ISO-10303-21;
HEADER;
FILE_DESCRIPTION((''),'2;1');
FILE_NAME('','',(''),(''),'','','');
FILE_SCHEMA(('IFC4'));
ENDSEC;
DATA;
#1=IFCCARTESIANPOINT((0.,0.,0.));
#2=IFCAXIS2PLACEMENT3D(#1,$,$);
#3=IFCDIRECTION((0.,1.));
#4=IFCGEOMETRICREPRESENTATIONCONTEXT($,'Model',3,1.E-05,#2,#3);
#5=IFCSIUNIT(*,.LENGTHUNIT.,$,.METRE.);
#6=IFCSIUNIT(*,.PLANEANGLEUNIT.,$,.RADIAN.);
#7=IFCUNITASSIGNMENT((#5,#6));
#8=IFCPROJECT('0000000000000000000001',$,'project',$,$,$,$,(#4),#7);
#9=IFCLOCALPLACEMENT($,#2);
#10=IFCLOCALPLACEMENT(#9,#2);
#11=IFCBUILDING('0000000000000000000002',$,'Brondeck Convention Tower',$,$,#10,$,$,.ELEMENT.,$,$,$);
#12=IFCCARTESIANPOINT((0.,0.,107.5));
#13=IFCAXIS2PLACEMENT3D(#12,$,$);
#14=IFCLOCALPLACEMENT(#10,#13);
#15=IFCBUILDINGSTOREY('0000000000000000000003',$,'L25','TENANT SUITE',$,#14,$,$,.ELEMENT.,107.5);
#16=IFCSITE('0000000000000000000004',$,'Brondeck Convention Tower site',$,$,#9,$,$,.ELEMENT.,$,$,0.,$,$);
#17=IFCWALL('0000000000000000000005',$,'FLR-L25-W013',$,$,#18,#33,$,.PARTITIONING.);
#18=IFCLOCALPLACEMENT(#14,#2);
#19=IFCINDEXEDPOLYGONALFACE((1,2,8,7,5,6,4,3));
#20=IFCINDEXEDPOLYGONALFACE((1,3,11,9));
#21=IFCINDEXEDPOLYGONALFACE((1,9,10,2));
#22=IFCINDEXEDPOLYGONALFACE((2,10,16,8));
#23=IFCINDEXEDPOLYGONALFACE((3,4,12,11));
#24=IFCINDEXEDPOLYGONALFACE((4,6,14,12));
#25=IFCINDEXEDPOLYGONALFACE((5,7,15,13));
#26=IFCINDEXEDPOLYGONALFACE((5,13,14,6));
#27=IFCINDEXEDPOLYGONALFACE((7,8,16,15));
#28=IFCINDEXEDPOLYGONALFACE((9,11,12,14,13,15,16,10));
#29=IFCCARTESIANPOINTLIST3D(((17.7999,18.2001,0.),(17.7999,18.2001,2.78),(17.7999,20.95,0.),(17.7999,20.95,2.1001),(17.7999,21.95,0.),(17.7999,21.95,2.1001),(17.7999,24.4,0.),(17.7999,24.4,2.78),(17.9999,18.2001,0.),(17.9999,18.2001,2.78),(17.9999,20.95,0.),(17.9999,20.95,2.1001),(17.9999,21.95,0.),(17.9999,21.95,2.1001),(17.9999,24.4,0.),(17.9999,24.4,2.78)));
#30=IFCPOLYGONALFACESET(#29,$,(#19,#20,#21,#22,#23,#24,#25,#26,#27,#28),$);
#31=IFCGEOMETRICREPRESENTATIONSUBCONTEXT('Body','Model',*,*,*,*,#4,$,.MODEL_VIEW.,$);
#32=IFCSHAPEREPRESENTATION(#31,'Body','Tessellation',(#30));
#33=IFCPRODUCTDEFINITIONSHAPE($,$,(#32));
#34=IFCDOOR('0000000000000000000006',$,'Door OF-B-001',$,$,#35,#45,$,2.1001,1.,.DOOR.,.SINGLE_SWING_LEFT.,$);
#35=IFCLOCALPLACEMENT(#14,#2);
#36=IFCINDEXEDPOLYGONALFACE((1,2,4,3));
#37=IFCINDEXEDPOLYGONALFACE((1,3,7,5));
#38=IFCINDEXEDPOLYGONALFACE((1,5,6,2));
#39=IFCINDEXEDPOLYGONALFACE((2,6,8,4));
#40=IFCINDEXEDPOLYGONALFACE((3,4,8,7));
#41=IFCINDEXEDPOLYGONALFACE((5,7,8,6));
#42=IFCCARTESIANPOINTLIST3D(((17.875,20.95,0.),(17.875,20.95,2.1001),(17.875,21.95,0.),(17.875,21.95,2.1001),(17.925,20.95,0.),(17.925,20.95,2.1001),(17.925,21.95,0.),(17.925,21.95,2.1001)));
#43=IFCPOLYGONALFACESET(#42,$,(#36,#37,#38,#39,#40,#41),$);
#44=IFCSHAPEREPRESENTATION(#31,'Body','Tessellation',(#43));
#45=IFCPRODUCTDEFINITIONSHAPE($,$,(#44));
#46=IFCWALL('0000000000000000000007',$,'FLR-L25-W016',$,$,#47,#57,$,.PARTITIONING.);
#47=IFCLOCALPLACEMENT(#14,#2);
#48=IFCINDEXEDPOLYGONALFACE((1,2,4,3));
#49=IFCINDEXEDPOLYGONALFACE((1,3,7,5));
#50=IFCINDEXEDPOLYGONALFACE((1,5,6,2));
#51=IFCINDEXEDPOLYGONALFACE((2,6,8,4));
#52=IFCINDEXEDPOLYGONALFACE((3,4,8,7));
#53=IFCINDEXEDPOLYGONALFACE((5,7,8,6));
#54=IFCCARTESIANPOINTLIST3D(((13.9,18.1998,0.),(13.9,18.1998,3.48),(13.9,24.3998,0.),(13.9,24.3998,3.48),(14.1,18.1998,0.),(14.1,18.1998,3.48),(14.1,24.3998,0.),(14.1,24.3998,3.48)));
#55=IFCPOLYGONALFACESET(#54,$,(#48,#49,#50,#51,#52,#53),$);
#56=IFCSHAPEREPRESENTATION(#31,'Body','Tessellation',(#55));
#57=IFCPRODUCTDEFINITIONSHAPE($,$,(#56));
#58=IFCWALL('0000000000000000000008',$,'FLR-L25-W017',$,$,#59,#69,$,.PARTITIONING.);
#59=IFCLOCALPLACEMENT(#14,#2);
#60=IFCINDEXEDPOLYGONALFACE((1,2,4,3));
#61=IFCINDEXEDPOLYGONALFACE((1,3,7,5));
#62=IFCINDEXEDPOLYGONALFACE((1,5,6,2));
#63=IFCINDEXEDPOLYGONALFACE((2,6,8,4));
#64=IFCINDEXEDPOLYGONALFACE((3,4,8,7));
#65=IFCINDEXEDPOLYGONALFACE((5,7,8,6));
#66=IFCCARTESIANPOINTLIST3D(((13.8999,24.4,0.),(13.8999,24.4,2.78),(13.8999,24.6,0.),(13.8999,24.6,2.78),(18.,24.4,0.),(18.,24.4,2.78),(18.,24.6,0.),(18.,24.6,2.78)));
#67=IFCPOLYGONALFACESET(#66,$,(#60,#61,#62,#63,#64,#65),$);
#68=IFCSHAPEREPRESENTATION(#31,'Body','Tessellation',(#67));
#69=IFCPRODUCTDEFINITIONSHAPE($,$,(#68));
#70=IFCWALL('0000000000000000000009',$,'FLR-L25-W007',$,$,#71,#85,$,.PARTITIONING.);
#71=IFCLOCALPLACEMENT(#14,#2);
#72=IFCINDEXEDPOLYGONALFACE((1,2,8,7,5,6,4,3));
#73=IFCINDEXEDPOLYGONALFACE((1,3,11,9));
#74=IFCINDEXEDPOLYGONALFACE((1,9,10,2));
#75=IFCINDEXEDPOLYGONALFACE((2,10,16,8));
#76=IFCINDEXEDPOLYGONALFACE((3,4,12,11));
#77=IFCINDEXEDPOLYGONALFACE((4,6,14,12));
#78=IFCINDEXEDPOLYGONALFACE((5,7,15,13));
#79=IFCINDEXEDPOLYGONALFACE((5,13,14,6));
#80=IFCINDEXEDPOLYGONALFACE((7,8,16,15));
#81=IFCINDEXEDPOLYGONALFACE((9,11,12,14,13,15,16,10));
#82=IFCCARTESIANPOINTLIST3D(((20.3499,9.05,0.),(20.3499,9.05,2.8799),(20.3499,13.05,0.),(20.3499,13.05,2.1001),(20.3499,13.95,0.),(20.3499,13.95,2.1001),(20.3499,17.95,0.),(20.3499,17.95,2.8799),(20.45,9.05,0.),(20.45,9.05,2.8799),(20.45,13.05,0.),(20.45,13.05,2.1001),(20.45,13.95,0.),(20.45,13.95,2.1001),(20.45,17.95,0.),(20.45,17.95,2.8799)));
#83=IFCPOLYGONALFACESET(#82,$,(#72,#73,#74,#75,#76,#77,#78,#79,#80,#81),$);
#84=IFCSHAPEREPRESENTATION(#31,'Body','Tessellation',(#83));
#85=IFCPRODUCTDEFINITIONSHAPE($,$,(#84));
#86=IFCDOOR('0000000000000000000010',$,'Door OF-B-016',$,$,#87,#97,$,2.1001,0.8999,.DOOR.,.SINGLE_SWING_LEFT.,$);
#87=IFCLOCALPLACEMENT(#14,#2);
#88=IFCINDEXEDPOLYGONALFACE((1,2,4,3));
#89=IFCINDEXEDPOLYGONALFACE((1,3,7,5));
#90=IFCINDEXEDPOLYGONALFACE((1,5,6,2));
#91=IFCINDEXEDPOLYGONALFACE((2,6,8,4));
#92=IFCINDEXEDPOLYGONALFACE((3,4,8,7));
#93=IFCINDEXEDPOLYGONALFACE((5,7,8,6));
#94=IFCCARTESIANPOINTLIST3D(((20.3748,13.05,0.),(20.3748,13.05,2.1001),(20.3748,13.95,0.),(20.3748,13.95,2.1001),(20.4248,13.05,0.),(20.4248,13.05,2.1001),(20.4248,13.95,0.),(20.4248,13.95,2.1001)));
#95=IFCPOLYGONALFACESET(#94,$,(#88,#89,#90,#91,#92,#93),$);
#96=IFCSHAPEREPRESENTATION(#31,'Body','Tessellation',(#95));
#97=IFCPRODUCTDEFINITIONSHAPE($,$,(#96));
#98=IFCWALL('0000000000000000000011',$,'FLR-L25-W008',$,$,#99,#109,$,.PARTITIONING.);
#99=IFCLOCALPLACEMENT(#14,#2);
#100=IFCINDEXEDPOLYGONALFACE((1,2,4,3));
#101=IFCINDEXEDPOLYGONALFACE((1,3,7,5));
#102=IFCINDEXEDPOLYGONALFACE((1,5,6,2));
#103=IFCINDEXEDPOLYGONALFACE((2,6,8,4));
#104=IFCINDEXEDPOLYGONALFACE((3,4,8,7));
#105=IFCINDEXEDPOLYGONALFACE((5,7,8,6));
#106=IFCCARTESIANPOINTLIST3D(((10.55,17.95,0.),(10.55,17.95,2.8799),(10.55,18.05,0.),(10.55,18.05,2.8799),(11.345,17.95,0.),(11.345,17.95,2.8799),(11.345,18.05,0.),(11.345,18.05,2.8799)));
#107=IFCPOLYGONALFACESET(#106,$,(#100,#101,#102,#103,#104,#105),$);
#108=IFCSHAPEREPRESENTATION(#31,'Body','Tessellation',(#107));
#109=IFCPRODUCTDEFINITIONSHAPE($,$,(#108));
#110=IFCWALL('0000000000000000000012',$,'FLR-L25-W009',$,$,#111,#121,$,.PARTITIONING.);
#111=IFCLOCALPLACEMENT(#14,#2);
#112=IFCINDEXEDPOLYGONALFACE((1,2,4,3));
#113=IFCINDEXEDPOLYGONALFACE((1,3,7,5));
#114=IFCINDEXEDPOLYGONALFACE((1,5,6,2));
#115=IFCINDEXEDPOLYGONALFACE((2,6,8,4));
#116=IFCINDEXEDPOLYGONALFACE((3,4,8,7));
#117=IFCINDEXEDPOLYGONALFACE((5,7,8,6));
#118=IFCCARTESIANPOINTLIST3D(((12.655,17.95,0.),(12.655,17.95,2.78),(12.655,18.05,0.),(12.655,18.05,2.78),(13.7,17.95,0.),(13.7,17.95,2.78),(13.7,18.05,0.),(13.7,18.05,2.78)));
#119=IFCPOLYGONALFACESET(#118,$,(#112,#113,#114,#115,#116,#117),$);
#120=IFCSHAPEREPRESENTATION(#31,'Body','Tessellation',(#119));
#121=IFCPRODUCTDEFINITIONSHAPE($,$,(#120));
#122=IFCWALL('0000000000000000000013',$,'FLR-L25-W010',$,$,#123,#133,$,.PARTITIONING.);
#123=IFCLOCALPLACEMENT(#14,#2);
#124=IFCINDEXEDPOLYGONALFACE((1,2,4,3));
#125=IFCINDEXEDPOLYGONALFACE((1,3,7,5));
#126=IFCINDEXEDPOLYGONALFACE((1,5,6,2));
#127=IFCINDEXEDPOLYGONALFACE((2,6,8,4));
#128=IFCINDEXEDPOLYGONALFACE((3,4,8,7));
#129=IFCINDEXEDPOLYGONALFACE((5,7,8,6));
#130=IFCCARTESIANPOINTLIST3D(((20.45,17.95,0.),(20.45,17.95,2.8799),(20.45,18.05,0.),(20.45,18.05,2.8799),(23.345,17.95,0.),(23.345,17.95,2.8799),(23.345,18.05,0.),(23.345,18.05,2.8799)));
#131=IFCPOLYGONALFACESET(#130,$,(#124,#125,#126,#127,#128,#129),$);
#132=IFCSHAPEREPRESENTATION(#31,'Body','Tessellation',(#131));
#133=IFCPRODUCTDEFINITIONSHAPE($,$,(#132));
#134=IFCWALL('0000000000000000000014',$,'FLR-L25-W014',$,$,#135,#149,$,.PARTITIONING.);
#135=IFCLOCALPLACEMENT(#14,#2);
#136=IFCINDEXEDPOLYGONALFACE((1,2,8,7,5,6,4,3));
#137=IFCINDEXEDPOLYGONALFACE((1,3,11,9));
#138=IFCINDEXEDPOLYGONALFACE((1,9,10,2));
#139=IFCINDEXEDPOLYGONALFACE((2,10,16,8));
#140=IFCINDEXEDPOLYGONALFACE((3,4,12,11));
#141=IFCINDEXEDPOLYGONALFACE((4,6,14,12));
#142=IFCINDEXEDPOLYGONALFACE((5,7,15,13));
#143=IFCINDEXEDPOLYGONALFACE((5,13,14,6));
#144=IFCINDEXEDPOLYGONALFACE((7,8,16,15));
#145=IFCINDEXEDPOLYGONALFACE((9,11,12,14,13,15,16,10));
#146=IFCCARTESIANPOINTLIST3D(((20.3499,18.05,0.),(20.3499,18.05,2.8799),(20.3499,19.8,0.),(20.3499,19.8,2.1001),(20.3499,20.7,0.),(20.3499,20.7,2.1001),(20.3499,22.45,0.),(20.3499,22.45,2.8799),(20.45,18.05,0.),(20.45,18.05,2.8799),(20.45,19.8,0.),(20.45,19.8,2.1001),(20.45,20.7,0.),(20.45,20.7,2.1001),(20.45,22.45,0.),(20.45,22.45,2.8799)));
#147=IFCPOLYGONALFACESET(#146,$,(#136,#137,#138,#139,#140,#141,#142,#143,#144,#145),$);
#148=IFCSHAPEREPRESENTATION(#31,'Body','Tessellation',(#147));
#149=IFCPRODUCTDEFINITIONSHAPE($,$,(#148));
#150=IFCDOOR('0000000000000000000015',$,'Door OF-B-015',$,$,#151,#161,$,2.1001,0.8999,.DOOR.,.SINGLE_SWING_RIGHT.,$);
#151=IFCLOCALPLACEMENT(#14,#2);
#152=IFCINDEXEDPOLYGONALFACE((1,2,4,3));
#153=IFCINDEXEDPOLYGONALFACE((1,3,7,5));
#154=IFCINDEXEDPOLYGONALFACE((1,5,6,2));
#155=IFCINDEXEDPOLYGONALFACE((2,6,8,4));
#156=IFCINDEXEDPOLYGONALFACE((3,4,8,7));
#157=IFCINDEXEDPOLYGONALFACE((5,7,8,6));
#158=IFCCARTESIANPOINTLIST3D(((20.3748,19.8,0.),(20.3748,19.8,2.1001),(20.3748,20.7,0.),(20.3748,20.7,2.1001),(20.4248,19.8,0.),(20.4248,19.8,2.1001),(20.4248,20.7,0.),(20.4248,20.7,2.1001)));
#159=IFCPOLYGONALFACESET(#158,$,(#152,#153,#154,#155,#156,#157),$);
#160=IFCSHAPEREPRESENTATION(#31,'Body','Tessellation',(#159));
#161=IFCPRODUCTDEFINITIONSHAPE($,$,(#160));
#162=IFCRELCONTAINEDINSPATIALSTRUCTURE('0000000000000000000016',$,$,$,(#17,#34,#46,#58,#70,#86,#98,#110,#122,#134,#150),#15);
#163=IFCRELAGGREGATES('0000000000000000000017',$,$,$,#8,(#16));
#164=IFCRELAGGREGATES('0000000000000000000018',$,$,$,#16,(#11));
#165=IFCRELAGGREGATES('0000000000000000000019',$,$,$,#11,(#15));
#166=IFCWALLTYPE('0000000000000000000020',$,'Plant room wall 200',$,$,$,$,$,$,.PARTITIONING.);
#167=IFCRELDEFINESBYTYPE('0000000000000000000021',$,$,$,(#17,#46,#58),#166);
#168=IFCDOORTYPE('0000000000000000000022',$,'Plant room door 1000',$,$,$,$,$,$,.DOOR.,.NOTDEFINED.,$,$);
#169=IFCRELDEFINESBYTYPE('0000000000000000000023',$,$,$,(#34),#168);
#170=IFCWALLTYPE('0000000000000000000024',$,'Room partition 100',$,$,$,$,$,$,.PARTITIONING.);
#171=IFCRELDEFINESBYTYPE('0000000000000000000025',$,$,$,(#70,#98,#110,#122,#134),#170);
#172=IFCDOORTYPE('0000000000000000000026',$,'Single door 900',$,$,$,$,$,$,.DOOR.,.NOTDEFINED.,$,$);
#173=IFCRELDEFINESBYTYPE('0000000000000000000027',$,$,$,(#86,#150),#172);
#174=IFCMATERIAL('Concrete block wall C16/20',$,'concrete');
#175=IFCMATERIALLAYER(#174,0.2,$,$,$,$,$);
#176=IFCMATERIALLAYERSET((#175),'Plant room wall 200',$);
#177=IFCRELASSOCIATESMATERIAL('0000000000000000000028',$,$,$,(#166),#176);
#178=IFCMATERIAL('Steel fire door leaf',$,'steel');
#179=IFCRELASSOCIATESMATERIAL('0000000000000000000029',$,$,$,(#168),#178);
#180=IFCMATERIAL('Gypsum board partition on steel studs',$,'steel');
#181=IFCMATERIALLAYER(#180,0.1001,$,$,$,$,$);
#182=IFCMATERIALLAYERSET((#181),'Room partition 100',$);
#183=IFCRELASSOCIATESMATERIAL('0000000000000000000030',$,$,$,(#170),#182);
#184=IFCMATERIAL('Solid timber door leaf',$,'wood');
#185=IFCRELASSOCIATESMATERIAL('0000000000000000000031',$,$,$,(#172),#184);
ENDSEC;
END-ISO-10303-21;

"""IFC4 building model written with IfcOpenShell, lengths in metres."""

from ifc_helpers import new_model, si_unit, direction, frame, frame_2d, origin, place, context, subcontext, project, spatial, rectangle, extrude, material, layer, layer_set, type_object, element, fill, save


model = new_model("IFC4")

# Units and contexts
model_context = context("Model", 3, precision=1e-05, world=origin(), true_north=direction((0.0, 1.0)))
body_context = subcontext(model_context, "Body", "Model", "MODEL_VIEW")
ifc_project = project(units=[si_unit("LENGTHUNIT", "METRE"), si_unit("PLANEANGLEUNIT", "RADIAN")], contexts=[model_context])

# Site, building, storey
site_placement = place(None, origin())
site = spatial("IfcSite", under=ifc_project, at=site_placement, Name="Brondeck Convention Tower site", CompositionType="ELEMENT", RefElevation=0.0)
building_placement = place(site_placement, origin())
building = spatial("IfcBuilding", under=site, at=building_placement, Name="Brondeck Convention Tower", CompositionType="ELEMENT")
storey_placement = place(building_placement, frame((0.0, 0.0, 107.5)))
storey = spatial("IfcBuildingStorey", under=building, at=storey_placement, Name="L25", Description="TENANT SUITE", CompositionType="ELEMENT", Elevation=107.5)

# Wall, opening, door
ifc_material_1 = material(Name="Concrete block wall C16/20", Category="concrete")
ifc_layer_1 = layer(ifc_material_1, 0.2)
ifc_layer_set_1 = layer_set([ifc_layer_1], Name="Plant room wall 200")
wall_type_1 = type_object("IfcWallType", Name="Plant room wall 200", PredefinedType="PARTITIONING", material=ifc_layer_set_1)
wall_1_placement = place(storey_placement, frame((17.8999, 18.2, 0.0), z_axis=(0.0, 0.0, 1.0), x_axis=(0.0, 1.0, 0.0)))
wall_1 = element("IfcWall", 1, at=wall_1_placement, inside=storey, type_object=wall_type_1, Name="FLR-L25-W013", PredefinedType="PARTITIONING", context=body_context, shape_type="SweptSolid", body=[
    extrude(rectangle(XDim=6.2, YDim=0.2, at=frame_2d((3.1001, 0.0))), origin(), (0.0, 0.0, 1.0), 2.78),
])
opening_1_placement = place(wall_1_placement, frame((2.75, 0.0, 0.0)))
opening_1 = element("IfcOpeningElement", 2, at=opening_1_placement, cuts=wall_1, PredefinedType="OPENING", context=body_context, shape_type="SweptSolid", body=[
    extrude(rectangle(XDim=1.0, YDim=2.1001, at=frame_2d((0.5, 1.05))), frame((0.0, 0.1099, 0.0), z_axis=(0.0, -1.0, 0.0), x_axis=(1.0, 0.0, 0.0)), (0.0, 0.0, 1.0), 0.22),
])
ifc_material_2 = material(Name="Steel fire door leaf", Category="steel")
door_type_1 = type_object("IfcDoorType", Name="Plant room door 1000", OperationType="NOTDEFINED", PredefinedType="DOOR", material=ifc_material_2)
door_1_placement = place(opening_1_placement, origin())
door_1 = element("IfcDoor", 3, at=door_1_placement, inside=storey, type_object=door_type_1, Name="Door OF-B-001", OperationType="SINGLE_SWING_LEFT", OverallHeight=2.1001, OverallWidth=1.0, PredefinedType="DOOR", context=body_context, shape_type="SweptSolid", body=[
    extrude(rectangle(XDim=1.0, YDim=2.1001, at=frame_2d((0.5, 1.05))), frame((0.0, 0.0249, 0.0), z_axis=(0.0, -1.0, 0.0), x_axis=(1.0, 0.0, 0.0)), (0.0, 0.0, 1.0), 0.05),
])
fill(opening_1, door_1)

# Walls
wall_2_placement = place(storey_placement, frame((14.0, 24.3999, 0.0), z_axis=(0.0, 0.0, 1.0), x_axis=(0.0, -1.0, 0.0)))
element("IfcWall", 4, at=wall_2_placement, inside=storey, type_object=wall_type_1, Name="FLR-L25-W016", PredefinedType="PARTITIONING", context=body_context, shape_type="SweptSolid", body=[
    extrude(rectangle(XDim=6.2, YDim=0.2, at=frame_2d((3.1001, 0.0))), origin(), (0.0, 0.0, 1.0), 3.48),
])
wall_3_placement = place(storey_placement, frame((18.0, 24.5, 0.0), z_axis=(0.0, 0.0, 1.0), x_axis=(-1.0, 0.0, 0.0)))
element("IfcWall", 5, at=wall_3_placement, inside=storey, type_object=wall_type_1, Name="FLR-L25-W017", PredefinedType="PARTITIONING", context=body_context, shape_type="SweptSolid", body=[
    extrude(rectangle(XDim=4.1001, YDim=0.2, at=frame_2d((2.05, 0.0))), origin(), (0.0, 0.0, 1.0), 2.78),
])

# Wall, opening, door
ifc_material_3 = material(Name="Gypsum board partition on steel studs", Category="steel")
ifc_layer_2 = layer(ifc_material_3, 0.1001)
ifc_layer_set_2 = layer_set([ifc_layer_2], Name="Room partition 100")
wall_type_2 = type_object("IfcWallType", Name="Room partition 100", PredefinedType="PARTITIONING", material=ifc_layer_set_2)
wall_4_placement = place(storey_placement, frame((20.3999, 17.95, 0.0), z_axis=(0.0, 0.0, 1.0), x_axis=(0.0, -1.0, 0.0)))
wall_4 = element("IfcWall", 6, at=wall_4_placement, inside=storey, type_object=wall_type_2, Name="FLR-L25-W007", PredefinedType="PARTITIONING", context=body_context, shape_type="SweptSolid", body=[
    extrude(rectangle(XDim=8.8999, YDim=0.1001, at=frame_2d((4.45, 0.0))), origin(), (0.0, 0.0, 1.0), 2.8799),
])
opening_2_placement = place(wall_4_placement, frame((4.0, 0.0, 0.0)))
opening_2 = element("IfcOpeningElement", 7, at=opening_2_placement, cuts=wall_4, PredefinedType="OPENING", context=body_context, shape_type="SweptSolid", body=[
    extrude(rectangle(XDim=0.8999, YDim=2.1001, at=frame_2d((0.45, 1.05))), frame((0.0, 0.0601, 0.0), z_axis=(0.0, -1.0, 0.0), x_axis=(1.0, 0.0, 0.0)), (0.0, 0.0, 1.0), 0.1201),
])
ifc_material_4 = material(Name="Solid timber door leaf", Category="wood")
door_type_2 = type_object("IfcDoorType", Name="Single door 900", OperationType="NOTDEFINED", PredefinedType="DOOR", material=ifc_material_4)
door_2_placement = place(opening_2_placement, origin())
door_2 = element("IfcDoor", 8, at=door_2_placement, inside=storey, type_object=door_type_2, Name="Door OF-B-016", OperationType="SINGLE_SWING_LEFT", OverallHeight=2.1001, OverallWidth=0.8999, PredefinedType="DOOR", context=body_context, shape_type="SweptSolid", body=[
    extrude(rectangle(XDim=0.8999, YDim=2.1001, at=frame_2d((0.45, 1.05))), frame((0.0, 0.0249, 0.0), z_axis=(0.0, -1.0, 0.0), x_axis=(1.0, 0.0, 0.0)), (0.0, 0.0, 1.0), 0.05),
])
fill(opening_2, door_2)

# Walls
wall_5_placement = place(storey_placement, frame((11.345, 18.0, 0.0), z_axis=(0.0, 0.0, 1.0), x_axis=(-1.0, 0.0, 0.0)))
element("IfcWall", 9, at=wall_5_placement, inside=storey, type_object=wall_type_2, Name="FLR-L25-W008", PredefinedType="PARTITIONING", context=body_context, shape_type="SweptSolid", body=[
    extrude(rectangle(XDim=0.7949, YDim=0.1001, at=frame_2d((0.3975, 0.0))), origin(), (0.0, 0.0, 1.0), 2.8799),
])
wall_6_placement = place(storey_placement, frame((13.7, 18.0, 0.0), z_axis=(0.0, 0.0, 1.0), x_axis=(-1.0, 0.0, 0.0)))
element("IfcWall", 10, at=wall_6_placement, inside=storey, type_object=wall_type_2, Name="FLR-L25-W009", PredefinedType="PARTITIONING", context=body_context, shape_type="SweptSolid", body=[
    extrude(rectangle(XDim=1.0449, YDim=0.1001, at=frame_2d((0.5225, 0.0))), origin(), (0.0, 0.0, 1.0), 2.78),
])
wall_7_placement = place(storey_placement, frame((23.345, 18.0, 0.0), z_axis=(0.0, 0.0, 1.0), x_axis=(-1.0, 0.0, 0.0)))
element("IfcWall", 11, at=wall_7_placement, inside=storey, type_object=wall_type_2, Name="FLR-L25-W010", PredefinedType="PARTITIONING", context=body_context, shape_type="SweptSolid", body=[
    extrude(rectangle(XDim=2.895, YDim=0.1001, at=frame_2d((1.4475, 0.0))), origin(), (0.0, 0.0, 1.0), 2.8799),
])

# Wall, opening, door
wall_8_placement = place(storey_placement, frame((20.3999, 22.45, 0.0), z_axis=(0.0, 0.0, 1.0), x_axis=(0.0, -1.0, 0.0)))
wall_8 = element("IfcWall", 12, at=wall_8_placement, inside=storey, type_object=wall_type_2, Name="FLR-L25-W014", PredefinedType="PARTITIONING", context=body_context, shape_type="SweptSolid", body=[
    extrude(rectangle(XDim=4.3999, YDim=0.1001, at=frame_2d((2.2, 0.0))), origin(), (0.0, 0.0, 1.0), 2.8799),
])
opening_3_placement = place(wall_8_placement, frame((1.75, 0.0, 0.0)))
opening_3 = element("IfcOpeningElement", 13, at=opening_3_placement, cuts=wall_8, PredefinedType="OPENING", context=body_context, shape_type="SweptSolid", body=[
    extrude(rectangle(XDim=0.8999, YDim=2.1001, at=frame_2d((0.45, 1.05))), frame((0.0, 0.0601, 0.0), z_axis=(0.0, -1.0, 0.0), x_axis=(1.0, 0.0, 0.0)), (0.0, 0.0, 1.0), 0.1201),
])
door_3_placement = place(opening_3_placement, origin())
door_3 = element("IfcDoor", 14, at=door_3_placement, inside=storey, type_object=door_type_2, Name="Door OF-B-015", OperationType="SINGLE_SWING_RIGHT", OverallHeight=2.1001, OverallWidth=0.8999, PredefinedType="DOOR", context=body_context, shape_type="SweptSolid", body=[
    extrude(rectangle(XDim=0.8999, YDim=2.1001, at=frame_2d((0.45, 1.05))), frame((0.0, 0.0249, 0.0), z_axis=(0.0, -1.0, 0.0), x_axis=(1.0, 0.0, 0.0)), (0.0, 0.0, 1.0), 0.05),
])
fill(opening_3, door_3)

save(model, "model.ifc")
